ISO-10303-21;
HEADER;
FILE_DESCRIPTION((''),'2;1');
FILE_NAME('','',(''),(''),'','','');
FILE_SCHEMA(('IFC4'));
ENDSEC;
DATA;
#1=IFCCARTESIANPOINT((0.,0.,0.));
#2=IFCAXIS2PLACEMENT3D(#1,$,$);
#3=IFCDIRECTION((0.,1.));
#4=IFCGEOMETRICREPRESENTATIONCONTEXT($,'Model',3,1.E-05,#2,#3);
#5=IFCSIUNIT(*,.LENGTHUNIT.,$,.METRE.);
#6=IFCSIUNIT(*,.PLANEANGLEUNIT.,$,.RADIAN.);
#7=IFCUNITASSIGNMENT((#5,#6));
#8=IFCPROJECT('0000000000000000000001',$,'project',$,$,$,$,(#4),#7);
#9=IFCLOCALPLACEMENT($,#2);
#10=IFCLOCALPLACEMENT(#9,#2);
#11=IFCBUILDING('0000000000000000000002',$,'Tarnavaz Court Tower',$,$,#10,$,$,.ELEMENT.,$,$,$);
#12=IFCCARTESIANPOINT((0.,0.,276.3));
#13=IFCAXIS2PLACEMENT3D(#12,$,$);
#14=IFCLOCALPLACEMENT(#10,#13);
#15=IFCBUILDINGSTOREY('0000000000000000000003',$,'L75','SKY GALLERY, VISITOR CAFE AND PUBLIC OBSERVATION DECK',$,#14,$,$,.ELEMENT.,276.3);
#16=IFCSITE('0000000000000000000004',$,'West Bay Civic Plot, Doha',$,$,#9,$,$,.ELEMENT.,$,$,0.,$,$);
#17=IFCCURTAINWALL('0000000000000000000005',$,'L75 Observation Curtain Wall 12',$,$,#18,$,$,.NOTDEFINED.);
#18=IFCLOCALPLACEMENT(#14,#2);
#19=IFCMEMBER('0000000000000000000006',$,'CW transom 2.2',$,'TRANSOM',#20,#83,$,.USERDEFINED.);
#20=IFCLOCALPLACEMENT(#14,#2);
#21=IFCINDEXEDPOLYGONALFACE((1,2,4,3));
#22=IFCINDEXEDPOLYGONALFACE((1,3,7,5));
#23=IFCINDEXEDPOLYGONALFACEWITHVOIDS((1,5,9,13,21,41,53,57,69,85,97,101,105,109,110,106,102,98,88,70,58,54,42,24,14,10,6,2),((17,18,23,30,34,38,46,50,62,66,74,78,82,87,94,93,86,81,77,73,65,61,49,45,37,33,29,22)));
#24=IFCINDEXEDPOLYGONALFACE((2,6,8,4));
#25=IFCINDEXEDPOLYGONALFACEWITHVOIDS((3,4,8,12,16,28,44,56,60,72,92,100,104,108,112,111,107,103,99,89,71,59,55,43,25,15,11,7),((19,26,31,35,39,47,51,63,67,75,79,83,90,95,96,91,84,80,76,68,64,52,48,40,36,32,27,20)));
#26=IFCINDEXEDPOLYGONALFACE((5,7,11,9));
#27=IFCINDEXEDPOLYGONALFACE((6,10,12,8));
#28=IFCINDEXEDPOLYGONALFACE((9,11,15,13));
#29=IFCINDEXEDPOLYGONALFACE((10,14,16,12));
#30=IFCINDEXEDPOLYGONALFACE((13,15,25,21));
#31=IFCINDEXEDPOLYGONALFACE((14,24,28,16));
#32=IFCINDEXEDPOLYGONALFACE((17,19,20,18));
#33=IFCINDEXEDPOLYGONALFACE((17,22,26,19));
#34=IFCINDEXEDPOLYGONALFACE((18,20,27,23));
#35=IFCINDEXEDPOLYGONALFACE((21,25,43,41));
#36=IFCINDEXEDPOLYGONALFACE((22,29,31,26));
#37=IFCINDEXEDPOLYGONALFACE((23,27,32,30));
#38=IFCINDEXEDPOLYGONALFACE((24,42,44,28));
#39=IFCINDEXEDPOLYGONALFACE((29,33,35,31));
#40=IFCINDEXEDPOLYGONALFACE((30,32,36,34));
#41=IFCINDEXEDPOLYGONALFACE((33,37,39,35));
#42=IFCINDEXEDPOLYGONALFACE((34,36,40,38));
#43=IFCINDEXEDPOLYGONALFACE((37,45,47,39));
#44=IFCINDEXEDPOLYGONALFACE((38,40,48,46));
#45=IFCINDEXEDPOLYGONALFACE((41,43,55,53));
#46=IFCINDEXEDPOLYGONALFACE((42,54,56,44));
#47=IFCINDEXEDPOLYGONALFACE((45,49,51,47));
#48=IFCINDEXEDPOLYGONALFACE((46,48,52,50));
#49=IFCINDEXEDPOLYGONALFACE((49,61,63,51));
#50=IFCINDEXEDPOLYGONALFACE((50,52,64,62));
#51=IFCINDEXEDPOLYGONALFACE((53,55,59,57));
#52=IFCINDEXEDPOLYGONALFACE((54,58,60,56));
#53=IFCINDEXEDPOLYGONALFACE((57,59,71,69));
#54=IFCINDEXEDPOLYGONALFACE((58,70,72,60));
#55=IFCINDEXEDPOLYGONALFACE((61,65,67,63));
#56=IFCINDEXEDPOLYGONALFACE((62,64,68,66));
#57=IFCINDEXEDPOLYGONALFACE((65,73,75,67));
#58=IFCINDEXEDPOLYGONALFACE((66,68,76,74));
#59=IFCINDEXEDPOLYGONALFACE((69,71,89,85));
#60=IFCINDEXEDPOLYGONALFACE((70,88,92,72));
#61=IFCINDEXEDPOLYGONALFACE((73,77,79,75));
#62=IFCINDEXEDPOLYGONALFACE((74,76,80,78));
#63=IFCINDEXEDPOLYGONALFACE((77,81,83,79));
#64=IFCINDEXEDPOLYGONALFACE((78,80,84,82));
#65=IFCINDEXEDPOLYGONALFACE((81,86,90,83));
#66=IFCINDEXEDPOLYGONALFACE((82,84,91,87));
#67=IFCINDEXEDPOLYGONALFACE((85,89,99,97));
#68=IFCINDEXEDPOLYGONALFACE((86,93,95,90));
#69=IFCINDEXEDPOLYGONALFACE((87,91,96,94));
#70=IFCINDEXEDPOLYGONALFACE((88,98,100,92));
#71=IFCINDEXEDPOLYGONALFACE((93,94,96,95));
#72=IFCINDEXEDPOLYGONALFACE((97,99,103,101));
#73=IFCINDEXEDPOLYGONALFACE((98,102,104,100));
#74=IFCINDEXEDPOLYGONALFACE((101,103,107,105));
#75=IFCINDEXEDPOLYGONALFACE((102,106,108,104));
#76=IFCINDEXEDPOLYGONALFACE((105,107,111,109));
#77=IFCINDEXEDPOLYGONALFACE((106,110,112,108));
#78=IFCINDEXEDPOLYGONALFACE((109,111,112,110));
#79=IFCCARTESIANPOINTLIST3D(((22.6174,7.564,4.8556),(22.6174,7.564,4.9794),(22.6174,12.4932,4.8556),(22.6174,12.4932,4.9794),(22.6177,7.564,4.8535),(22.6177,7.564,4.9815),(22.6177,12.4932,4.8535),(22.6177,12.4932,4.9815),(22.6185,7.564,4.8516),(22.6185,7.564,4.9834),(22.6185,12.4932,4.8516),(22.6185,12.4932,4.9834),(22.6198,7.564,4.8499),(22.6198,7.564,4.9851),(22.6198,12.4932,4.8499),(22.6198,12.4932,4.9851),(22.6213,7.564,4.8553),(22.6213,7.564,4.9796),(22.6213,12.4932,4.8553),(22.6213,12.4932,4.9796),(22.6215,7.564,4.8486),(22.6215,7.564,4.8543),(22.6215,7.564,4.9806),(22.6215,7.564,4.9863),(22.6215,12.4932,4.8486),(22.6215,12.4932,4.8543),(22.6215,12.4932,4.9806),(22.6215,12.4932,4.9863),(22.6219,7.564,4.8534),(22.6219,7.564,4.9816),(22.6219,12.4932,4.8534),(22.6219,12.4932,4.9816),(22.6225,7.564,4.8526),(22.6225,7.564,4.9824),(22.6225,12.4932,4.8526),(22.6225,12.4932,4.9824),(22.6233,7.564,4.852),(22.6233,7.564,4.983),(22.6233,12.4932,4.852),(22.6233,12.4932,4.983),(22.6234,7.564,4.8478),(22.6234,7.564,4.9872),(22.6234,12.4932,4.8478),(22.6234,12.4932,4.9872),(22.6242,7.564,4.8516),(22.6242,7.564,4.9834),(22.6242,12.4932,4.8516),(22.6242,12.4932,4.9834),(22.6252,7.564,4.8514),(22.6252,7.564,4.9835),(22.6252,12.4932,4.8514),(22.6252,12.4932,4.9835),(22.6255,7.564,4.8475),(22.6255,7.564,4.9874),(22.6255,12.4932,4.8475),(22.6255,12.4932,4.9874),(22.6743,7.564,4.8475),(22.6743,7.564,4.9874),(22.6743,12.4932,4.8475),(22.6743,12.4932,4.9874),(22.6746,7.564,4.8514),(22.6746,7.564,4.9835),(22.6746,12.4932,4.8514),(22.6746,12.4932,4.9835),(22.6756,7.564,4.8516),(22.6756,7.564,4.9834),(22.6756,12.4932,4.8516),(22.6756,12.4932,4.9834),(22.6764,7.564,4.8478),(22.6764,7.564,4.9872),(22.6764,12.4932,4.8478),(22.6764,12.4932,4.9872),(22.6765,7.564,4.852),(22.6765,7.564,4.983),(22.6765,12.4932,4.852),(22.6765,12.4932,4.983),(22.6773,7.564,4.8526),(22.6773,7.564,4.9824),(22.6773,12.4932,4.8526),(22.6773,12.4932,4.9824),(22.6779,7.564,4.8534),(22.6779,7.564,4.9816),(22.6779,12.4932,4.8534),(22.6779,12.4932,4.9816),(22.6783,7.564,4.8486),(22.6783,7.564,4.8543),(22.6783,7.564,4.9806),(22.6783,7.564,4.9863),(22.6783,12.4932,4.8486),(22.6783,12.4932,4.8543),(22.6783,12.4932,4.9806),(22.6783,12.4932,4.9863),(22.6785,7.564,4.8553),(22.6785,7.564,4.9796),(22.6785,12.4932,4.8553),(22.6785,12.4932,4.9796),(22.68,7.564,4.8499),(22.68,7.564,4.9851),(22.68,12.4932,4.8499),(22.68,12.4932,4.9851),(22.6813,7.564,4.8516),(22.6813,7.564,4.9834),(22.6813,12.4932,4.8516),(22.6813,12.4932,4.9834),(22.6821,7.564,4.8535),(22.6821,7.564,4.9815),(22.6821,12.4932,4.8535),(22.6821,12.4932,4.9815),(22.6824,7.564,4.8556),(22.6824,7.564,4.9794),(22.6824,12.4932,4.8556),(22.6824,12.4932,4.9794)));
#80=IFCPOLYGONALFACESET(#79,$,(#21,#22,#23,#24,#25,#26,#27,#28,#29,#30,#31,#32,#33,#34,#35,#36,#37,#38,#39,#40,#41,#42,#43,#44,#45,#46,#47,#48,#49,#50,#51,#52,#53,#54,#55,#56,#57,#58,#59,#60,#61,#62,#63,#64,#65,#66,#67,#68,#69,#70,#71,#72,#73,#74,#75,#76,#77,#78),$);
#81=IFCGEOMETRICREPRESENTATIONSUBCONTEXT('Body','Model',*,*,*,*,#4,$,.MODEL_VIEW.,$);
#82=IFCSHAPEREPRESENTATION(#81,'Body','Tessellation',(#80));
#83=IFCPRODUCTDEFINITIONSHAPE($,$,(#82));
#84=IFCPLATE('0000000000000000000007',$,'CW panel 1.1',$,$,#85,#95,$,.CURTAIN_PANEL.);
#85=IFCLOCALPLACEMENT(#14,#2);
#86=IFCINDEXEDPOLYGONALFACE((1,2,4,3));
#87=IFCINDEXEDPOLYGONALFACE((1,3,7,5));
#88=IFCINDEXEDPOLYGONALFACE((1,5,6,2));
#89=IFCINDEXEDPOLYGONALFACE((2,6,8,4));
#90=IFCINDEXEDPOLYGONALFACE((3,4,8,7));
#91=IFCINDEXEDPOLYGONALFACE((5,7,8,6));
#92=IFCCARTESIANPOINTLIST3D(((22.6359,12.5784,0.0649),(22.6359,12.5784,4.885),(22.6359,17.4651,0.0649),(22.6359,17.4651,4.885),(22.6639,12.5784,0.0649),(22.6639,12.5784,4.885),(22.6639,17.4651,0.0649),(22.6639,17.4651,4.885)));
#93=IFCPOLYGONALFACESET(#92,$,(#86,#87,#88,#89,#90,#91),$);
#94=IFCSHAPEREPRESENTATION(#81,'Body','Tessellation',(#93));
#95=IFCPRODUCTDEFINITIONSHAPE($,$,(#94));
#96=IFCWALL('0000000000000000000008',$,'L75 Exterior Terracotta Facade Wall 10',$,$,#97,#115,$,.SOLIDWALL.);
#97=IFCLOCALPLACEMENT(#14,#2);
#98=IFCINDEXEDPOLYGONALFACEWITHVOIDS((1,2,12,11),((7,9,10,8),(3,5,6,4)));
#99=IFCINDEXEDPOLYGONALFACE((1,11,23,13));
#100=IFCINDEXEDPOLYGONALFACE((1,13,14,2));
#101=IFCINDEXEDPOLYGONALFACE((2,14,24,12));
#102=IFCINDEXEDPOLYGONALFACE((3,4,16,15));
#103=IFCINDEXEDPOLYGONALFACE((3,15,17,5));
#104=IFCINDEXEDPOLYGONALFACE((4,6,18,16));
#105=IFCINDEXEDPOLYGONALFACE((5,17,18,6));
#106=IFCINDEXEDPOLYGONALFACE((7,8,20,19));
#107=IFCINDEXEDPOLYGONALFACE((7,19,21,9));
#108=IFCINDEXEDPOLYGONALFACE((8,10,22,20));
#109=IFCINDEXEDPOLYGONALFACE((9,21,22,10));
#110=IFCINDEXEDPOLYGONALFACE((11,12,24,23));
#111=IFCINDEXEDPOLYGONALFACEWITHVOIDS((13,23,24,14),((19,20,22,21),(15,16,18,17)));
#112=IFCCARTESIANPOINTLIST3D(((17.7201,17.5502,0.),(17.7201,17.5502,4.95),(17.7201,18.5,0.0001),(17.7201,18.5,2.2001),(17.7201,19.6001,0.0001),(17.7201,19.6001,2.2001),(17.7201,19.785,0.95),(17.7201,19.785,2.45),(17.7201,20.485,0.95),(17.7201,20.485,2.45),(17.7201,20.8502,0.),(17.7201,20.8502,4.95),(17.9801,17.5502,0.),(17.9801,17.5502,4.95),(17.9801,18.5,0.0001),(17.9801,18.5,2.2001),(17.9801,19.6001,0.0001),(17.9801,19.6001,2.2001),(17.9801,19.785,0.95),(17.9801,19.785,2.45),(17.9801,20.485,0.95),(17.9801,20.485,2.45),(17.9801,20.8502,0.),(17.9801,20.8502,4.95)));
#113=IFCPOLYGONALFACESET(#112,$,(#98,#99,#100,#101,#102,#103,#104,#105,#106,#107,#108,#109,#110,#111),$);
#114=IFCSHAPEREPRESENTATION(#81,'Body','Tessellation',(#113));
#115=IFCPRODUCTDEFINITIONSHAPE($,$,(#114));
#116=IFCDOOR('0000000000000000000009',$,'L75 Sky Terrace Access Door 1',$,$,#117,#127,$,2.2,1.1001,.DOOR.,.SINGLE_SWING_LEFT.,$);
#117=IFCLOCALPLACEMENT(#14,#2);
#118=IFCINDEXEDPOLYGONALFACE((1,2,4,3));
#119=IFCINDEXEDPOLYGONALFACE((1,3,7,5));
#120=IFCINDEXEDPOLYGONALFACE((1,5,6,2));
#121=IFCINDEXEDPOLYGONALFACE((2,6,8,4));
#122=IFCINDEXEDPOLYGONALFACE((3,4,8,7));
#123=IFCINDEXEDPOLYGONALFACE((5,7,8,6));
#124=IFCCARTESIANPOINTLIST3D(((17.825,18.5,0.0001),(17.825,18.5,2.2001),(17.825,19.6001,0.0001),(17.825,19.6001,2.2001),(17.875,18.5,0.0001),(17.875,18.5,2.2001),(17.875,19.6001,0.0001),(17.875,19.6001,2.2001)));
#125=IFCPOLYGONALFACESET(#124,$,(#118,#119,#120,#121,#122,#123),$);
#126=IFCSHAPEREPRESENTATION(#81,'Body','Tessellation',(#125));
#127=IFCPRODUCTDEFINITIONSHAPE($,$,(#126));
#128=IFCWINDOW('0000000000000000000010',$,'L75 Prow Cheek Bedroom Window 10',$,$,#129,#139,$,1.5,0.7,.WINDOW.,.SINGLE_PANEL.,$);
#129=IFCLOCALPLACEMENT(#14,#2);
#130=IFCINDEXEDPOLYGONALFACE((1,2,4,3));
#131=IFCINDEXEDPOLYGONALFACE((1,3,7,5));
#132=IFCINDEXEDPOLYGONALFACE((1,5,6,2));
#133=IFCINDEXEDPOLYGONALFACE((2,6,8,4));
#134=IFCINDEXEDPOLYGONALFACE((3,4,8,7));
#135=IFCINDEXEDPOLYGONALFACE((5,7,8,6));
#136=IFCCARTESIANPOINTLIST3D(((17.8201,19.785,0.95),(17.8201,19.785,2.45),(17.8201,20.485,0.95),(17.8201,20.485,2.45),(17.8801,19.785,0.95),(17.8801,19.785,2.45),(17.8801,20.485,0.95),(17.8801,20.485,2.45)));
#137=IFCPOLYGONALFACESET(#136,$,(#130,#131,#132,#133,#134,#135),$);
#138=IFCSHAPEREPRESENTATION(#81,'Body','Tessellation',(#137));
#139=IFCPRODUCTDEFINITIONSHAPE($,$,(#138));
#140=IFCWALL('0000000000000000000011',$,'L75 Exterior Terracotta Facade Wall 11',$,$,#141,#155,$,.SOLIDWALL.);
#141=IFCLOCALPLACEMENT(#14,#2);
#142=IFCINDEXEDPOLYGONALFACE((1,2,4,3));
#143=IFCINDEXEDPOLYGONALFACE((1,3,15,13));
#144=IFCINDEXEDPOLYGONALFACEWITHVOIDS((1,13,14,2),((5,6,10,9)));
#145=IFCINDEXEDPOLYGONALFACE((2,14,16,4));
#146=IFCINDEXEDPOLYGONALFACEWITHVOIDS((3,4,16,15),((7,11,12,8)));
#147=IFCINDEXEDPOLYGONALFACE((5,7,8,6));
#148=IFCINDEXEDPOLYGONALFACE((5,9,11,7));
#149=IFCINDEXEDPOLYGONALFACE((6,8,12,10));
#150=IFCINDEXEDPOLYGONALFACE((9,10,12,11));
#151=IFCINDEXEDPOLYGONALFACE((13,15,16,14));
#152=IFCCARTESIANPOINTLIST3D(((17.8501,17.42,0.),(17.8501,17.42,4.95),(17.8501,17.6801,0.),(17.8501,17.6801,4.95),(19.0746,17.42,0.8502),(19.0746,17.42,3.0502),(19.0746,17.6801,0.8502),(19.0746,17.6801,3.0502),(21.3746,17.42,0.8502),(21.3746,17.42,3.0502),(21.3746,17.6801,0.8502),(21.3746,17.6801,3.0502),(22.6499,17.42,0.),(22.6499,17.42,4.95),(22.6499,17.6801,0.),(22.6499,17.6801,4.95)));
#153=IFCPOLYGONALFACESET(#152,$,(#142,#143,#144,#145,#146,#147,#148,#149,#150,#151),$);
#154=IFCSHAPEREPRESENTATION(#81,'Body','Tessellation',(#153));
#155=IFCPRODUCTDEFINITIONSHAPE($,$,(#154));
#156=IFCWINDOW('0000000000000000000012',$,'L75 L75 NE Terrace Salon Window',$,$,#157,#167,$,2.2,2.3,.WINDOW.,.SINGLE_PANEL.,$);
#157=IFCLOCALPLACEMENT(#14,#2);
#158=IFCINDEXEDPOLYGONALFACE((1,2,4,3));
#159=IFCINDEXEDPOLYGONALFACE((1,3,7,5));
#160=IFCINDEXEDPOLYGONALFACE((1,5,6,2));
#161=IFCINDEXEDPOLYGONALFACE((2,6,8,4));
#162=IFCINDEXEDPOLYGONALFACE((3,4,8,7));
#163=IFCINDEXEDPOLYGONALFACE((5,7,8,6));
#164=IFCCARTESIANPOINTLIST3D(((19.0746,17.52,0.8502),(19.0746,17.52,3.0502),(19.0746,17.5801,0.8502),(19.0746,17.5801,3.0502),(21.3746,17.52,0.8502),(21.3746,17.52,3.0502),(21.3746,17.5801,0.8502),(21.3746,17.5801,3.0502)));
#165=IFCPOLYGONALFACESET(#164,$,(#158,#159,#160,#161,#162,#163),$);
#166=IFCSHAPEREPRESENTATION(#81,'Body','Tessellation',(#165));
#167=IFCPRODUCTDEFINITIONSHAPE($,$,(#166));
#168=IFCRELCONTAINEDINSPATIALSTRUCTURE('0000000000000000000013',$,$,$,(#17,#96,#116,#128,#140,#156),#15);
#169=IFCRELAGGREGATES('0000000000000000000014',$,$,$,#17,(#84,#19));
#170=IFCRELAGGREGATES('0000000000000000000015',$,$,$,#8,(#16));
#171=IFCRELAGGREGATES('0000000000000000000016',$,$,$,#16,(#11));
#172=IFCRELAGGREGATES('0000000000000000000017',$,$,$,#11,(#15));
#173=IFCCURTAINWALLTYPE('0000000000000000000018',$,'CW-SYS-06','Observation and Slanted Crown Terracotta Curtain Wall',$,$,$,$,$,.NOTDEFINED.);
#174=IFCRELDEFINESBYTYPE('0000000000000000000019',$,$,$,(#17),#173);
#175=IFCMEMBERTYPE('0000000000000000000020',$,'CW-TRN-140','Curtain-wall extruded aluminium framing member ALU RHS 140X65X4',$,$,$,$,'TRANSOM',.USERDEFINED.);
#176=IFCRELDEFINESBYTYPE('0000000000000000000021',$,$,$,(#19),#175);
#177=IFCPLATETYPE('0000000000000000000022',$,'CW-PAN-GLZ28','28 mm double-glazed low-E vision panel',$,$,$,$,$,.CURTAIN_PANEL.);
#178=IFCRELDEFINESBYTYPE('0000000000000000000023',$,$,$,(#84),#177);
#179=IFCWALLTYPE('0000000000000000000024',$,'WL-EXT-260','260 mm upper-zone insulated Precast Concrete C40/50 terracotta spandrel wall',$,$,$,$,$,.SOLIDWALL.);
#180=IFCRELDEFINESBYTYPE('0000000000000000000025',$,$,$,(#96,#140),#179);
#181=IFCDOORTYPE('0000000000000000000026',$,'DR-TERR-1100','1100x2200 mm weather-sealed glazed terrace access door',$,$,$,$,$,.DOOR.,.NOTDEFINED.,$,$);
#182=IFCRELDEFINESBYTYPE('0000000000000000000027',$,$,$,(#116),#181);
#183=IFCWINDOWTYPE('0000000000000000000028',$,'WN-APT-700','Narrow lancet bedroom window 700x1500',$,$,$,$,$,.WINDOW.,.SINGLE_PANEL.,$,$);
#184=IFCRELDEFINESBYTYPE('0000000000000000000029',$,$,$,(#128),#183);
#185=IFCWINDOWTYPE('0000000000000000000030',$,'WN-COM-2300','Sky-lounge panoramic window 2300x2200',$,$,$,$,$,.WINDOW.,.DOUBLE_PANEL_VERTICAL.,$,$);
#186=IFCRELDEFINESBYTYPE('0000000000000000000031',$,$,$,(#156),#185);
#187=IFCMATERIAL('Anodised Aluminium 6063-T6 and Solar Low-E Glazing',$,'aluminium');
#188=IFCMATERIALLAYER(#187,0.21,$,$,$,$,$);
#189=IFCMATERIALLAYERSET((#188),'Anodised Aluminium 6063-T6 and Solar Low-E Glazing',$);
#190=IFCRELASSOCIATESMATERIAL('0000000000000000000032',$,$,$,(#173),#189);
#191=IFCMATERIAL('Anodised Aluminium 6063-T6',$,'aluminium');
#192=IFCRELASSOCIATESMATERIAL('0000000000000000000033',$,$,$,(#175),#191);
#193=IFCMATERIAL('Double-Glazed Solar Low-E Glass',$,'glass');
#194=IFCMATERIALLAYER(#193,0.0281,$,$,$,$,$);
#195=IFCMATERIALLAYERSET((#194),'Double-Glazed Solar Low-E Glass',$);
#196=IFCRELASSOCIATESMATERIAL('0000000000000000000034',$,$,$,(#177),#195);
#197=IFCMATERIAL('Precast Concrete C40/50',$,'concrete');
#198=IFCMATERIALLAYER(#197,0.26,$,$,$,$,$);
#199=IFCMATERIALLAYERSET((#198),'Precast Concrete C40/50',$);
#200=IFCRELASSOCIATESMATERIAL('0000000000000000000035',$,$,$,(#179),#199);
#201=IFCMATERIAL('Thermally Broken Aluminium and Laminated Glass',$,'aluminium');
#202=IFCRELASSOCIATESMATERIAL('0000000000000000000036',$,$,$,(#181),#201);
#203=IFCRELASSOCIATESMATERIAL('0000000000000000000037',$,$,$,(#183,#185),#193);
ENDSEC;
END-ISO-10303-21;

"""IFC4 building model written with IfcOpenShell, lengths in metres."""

from ifc_helpers import new_model, si_unit, direction, frame, frame_2d, origin, origin_2d, place, context, subcontext, project, spatial, rectangle, hollow_rectangle, extrude, material, layer, layer_set, material_profile, profile_set, type_object, element, fill, aggregate, save


model = new_model("IFC4")

# Units and contexts
model_context = context("Model", 3, precision=1e-05, world=origin(), true_north=direction((0.0, 1.0)))
body_context = subcontext(model_context, "Body", "Model", "MODEL_VIEW")
ifc_project = project(units=[si_unit("LENGTHUNIT", "METRE"), si_unit("PLANEANGLEUNIT", "RADIAN")], contexts=[model_context])

# Site, building, storey
site_placement = place(None, origin())
site = spatial("IfcSite", under=ifc_project, at=site_placement, Name="West Bay Civic Plot, Doha", CompositionType="ELEMENT", RefElevation=0.0)
building_placement = place(site_placement, origin())
building = spatial("IfcBuilding", under=site, at=building_placement, Name="Tarnavaz Court Tower", CompositionType="ELEMENT")
storey_placement = place(building_placement, frame((0.0, 0.0, 276.3)))
storey = spatial("IfcBuildingStorey", under=building, at=storey_placement, Name="L75", Description="SKY GALLERY, VISITOR CAFE AND PUBLIC OBSERVATION DECK", CompositionType="ELEMENT", Elevation=276.3)

# Curtain wall, member, plate
ifc_material_1 = material(Name="Anodised Aluminium 6063-T6 and Solar Low-E Glazing", Category="aluminium")
ifc_layer_1 = layer(ifc_material_1, 0.21)
ifc_layer_set_1 = layer_set([ifc_layer_1], Name="Anodised Aluminium 6063-T6 and Solar Low-E Glazing")
curtain_wall_type = type_object("IfcCurtainWallType", Name="CW-SYS-06", Description="Observation and Slanted Crown Terracotta Curtain Wall", PredefinedType="NOTDEFINED", material=ifc_layer_set_1)
curtain_wall_placement = place(storey_placement, origin())
curtain_wall = element("IfcCurtainWall", 1, at=curtain_wall_placement, inside=storey, type_object=curtain_wall_type, Name="L75 Observation Curtain Wall 12", PredefinedType="NOTDEFINED")
ifc_material_2 = material(Name="Anodised Aluminium 6063-T6", Category="aluminium")
ifc_material_profile_1 = material_profile(ifc_material_2, hollow_rectangle(XDim=0.0649, YDim=0.1399, WallThickness=0.0039, InnerFilletRadius=0.0039, OuterFilletRadius=0.0081, at=origin_2d()), Name="ALU RHS 140X65X4")
ifc_profile_set_1 = profile_set([ifc_material_profile_1], Name="Anodised Aluminium 6063-T6")
member_type_1 = type_object("IfcMemberType", Name="CW-TRN-140", Description="Curtain-wall extruded aluminium framing member ALU RHS 140X65X4", ElementType="TRANSOM", PredefinedType="USERDEFINED", material=ifc_profile_set_1)
member_1_placement = place(storey_placement, frame((22.6499, 12.4932, 4.9175), z_axis=(0.0, -1.0, 0.0), x_axis=(1.0, 0.0, 0.0)))
member_1 = element("IfcMember", 2, at=member_1_placement, type_object=member_type_1, Name="CW transom 2.2", ObjectType="TRANSOM", PredefinedType="USERDEFINED", context=body_context, shape_type="SweptSolid", body=[
    extrude(hollow_rectangle(XDim=0.0649, YDim=0.1399, WallThickness=0.0039, InnerFilletRadius=0.0039, OuterFilletRadius=0.0081, at=origin_2d()), origin(), (0.0, 0.0, 1.0), 4.9292),
])
ifc_material_3 = material(Name="Double-Glazed Solar Low-E Glass", Category="glass")
ifc_layer_2 = layer(ifc_material_3, 0.0281)
ifc_layer_set_2 = layer_set([ifc_layer_2], Name="Double-Glazed Solar Low-E Glass")
plate_type = type_object("IfcPlateType", Name="CW-PAN-GLZ28", Description="28 mm double-glazed low-E vision panel", PredefinedType="CURTAIN_PANEL", material=ifc_layer_set_2)
plate_placement = place(storey_placement, frame((22.6499, 15.0217, 0.0649), z_axis=(0.0, 0.0, 1.0), x_axis=(0.0, -1.0, 0.0)))
plate = element("IfcPlate", 3, at=plate_placement, type_object=plate_type, Name="CW panel 1.1", PredefinedType="CURTAIN_PANEL", context=body_context, shape_type="SweptSolid", body=[
    extrude(rectangle(XDim=4.8867, YDim=0.0281, at=origin_2d()), origin(), (0.0, 0.0, 1.0), 4.8201),
])
aggregate(curtain_wall, [plate, member_1])

# Wall, openings, door, window
ifc_material_4 = material(Name="Precast Concrete C40/50", Category="concrete")
ifc_layer_3 = layer(ifc_material_4, 0.26)
ifc_layer_set_3 = layer_set([ifc_layer_3], Name="Precast Concrete C40/50")
wall_type_1 = type_object("IfcWallType", Name="WL-EXT-260", Description="260 mm upper-zone insulated Precast Concrete C40/50 terracotta spandrel wall", PredefinedType="SOLIDWALL", material=ifc_layer_set_3)
wall_1_placement = place(storey_placement, frame((17.8501, 20.8501, 0.0), z_axis=(0.0, 0.0, 1.0), x_axis=(0.0, -1.0, 0.0)))
wall_1 = element("IfcWall", 4, at=wall_1_placement, inside=storey, type_object=wall_type_1, Name="L75 Exterior Terracotta Facade Wall 10", PredefinedType="SOLIDWALL", context=body_context, shape_type="SweptSolid", body=[
    extrude(rectangle(XDim=3.3, YDim=0.26, at=frame_2d((1.6499, 0.0))), origin(), (0.0, 0.0, 1.0), 4.95),
])
opening_1_placement = place(wall_1_placement, frame((1.25, 0.0, 0.0)))
opening_1 = element("IfcOpeningElement", 5, at=opening_1_placement, cuts=wall_1, PredefinedType="OPENING", context=body_context, shape_type="SweptSolid", body=[
    extrude(rectangle(XDim=1.1001, YDim=2.2, at=frame_2d((0.55, 1.1001))), frame((0.0, 0.1399, 0.0), z_axis=(0.0, -1.0, 0.0), x_axis=(1.0, 0.0, 0.0)), (0.0, 0.0, 1.0), 0.28),
])
opening_2_placement = place(wall_1_placement, frame((0.365, 0.0, 0.95)))
opening_2 = element("IfcOpeningElement", 6, at=opening_2_placement, cuts=wall_1, PredefinedType="OPENING", context=body_context, shape_type="SweptSolid", body=[
    extrude(rectangle(XDim=0.7, YDim=1.5, at=frame_2d((0.3501, 0.75))), frame((0.0, 0.1399, 0.0), z_axis=(0.0, -1.0, 0.0), x_axis=(1.0, 0.0, 0.0)), (0.0, 0.0, 1.0), 0.28),
])
ifc_material_5 = material(Name="Thermally Broken Aluminium and Laminated Glass", Category="aluminium")
door_type_1 = type_object("IfcDoorType", Name="DR-TERR-1100", Description="1100x2200 mm weather-sealed glazed terrace access door", OperationType="NOTDEFINED", PredefinedType="DOOR", material=ifc_material_5)
door_1_placement = place(opening_1_placement, origin())
door_1 = element("IfcDoor", 7, at=door_1_placement, inside=storey, type_object=door_type_1, Name="L75 Sky Terrace Access Door 1", OperationType="SINGLE_SWING_LEFT", OverallHeight=2.2, OverallWidth=1.1001, PredefinedType="DOOR", context=body_context, shape_type="SweptSolid", body=[
    extrude(rectangle(XDim=1.1001, YDim=2.2, at=frame_2d((0.55, 1.1001))), frame((0.0, 0.0249, 0.0), z_axis=(0.0, -1.0, 0.0), x_axis=(1.0, 0.0, 0.0)), (0.0, 0.0, 1.0), 0.05),
])
fill(opening_1, door_1)
window_type_1 = type_object("IfcWindowType", Name="WN-APT-700", Description="Narrow lancet bedroom window 700x1500", PartitioningType="SINGLE_PANEL", PredefinedType="WINDOW", material=ifc_material_3)
window_1_placement = place(opening_2_placement, origin())
window_1 = element("IfcWindow", 8, at=window_1_placement, inside=storey, type_object=window_type_1, Name="L75 Prow Cheek Bedroom Window 10", OverallHeight=1.5, OverallWidth=0.7, PartitioningType="SINGLE_PANEL", PredefinedType="WINDOW", context=body_context, shape_type="SweptSolid", body=[
    extrude(rectangle(XDim=0.7, YDim=1.5, at=frame_2d((0.3501, 0.75))), frame((0.0, 0.03, 0.0), z_axis=(0.0, -1.0, 0.0), x_axis=(1.0, 0.0, 0.0)), (0.0, 0.0, 1.0), 0.0601),
])
fill(opening_2, window_1)

# Wall, opening, window
wall_2_placement = place(storey_placement, frame((17.8501, 17.55, 0.0), z_axis=(0.0, 0.0, 1.0), x_axis=(1.0, 0.0, 0.0)))
wall_2 = element("IfcWall", 9, at=wall_2_placement, inside=storey, type_object=wall_type_1, Name="L75 Exterior Terracotta Facade Wall 11", PredefinedType="SOLIDWALL", context=body_context, shape_type="SweptSolid", body=[
    extrude(rectangle(XDim=4.7998, YDim=0.26, at=frame_2d((2.3999, 0.0))), origin(), (0.0, 0.0, 1.0), 4.95),
])
opening_3_placement = place(wall_2_placement, frame((1.2246, 0.0, 0.8501)))
opening_3 = element("IfcOpeningElement", 10, at=opening_3_placement, cuts=wall_2, PredefinedType="OPENING", context=body_context, shape_type="SweptSolid", body=[
    extrude(rectangle(XDim=2.3, YDim=2.2, at=frame_2d((1.1499, 1.1001))), frame((0.0, 0.1399, 0.0), z_axis=(0.0, -1.0, 0.0), x_axis=(1.0, 0.0, 0.0)), (0.0, 0.0, 1.0), 0.28),
])
window_type_2 = type_object("IfcWindowType", Name="WN-COM-2300", Description="Sky-lounge panoramic window 2300x2200", PartitioningType="DOUBLE_PANEL_VERTICAL", PredefinedType="WINDOW", material=ifc_material_3)
window_2_placement = place(opening_3_placement, origin())
window_2 = element("IfcWindow", 11, at=window_2_placement, inside=storey, type_object=window_type_2, Name="L75 L75 NE Terrace Salon Window", OverallHeight=2.2, OverallWidth=2.3, PartitioningType="SINGLE_PANEL", PredefinedType="WINDOW", context=body_context, shape_type="SweptSolid", body=[
    extrude(rectangle(XDim=2.3, YDim=2.2, at=frame_2d((1.1499, 1.1001))), frame((0.0, 0.03, 0.0), z_axis=(0.0, -1.0, 0.0), x_axis=(1.0, 0.0, 0.0)), (0.0, 0.0, 1.0), 0.0601),
])
fill(opening_3, window_2)

save(model, "model.ifc")
